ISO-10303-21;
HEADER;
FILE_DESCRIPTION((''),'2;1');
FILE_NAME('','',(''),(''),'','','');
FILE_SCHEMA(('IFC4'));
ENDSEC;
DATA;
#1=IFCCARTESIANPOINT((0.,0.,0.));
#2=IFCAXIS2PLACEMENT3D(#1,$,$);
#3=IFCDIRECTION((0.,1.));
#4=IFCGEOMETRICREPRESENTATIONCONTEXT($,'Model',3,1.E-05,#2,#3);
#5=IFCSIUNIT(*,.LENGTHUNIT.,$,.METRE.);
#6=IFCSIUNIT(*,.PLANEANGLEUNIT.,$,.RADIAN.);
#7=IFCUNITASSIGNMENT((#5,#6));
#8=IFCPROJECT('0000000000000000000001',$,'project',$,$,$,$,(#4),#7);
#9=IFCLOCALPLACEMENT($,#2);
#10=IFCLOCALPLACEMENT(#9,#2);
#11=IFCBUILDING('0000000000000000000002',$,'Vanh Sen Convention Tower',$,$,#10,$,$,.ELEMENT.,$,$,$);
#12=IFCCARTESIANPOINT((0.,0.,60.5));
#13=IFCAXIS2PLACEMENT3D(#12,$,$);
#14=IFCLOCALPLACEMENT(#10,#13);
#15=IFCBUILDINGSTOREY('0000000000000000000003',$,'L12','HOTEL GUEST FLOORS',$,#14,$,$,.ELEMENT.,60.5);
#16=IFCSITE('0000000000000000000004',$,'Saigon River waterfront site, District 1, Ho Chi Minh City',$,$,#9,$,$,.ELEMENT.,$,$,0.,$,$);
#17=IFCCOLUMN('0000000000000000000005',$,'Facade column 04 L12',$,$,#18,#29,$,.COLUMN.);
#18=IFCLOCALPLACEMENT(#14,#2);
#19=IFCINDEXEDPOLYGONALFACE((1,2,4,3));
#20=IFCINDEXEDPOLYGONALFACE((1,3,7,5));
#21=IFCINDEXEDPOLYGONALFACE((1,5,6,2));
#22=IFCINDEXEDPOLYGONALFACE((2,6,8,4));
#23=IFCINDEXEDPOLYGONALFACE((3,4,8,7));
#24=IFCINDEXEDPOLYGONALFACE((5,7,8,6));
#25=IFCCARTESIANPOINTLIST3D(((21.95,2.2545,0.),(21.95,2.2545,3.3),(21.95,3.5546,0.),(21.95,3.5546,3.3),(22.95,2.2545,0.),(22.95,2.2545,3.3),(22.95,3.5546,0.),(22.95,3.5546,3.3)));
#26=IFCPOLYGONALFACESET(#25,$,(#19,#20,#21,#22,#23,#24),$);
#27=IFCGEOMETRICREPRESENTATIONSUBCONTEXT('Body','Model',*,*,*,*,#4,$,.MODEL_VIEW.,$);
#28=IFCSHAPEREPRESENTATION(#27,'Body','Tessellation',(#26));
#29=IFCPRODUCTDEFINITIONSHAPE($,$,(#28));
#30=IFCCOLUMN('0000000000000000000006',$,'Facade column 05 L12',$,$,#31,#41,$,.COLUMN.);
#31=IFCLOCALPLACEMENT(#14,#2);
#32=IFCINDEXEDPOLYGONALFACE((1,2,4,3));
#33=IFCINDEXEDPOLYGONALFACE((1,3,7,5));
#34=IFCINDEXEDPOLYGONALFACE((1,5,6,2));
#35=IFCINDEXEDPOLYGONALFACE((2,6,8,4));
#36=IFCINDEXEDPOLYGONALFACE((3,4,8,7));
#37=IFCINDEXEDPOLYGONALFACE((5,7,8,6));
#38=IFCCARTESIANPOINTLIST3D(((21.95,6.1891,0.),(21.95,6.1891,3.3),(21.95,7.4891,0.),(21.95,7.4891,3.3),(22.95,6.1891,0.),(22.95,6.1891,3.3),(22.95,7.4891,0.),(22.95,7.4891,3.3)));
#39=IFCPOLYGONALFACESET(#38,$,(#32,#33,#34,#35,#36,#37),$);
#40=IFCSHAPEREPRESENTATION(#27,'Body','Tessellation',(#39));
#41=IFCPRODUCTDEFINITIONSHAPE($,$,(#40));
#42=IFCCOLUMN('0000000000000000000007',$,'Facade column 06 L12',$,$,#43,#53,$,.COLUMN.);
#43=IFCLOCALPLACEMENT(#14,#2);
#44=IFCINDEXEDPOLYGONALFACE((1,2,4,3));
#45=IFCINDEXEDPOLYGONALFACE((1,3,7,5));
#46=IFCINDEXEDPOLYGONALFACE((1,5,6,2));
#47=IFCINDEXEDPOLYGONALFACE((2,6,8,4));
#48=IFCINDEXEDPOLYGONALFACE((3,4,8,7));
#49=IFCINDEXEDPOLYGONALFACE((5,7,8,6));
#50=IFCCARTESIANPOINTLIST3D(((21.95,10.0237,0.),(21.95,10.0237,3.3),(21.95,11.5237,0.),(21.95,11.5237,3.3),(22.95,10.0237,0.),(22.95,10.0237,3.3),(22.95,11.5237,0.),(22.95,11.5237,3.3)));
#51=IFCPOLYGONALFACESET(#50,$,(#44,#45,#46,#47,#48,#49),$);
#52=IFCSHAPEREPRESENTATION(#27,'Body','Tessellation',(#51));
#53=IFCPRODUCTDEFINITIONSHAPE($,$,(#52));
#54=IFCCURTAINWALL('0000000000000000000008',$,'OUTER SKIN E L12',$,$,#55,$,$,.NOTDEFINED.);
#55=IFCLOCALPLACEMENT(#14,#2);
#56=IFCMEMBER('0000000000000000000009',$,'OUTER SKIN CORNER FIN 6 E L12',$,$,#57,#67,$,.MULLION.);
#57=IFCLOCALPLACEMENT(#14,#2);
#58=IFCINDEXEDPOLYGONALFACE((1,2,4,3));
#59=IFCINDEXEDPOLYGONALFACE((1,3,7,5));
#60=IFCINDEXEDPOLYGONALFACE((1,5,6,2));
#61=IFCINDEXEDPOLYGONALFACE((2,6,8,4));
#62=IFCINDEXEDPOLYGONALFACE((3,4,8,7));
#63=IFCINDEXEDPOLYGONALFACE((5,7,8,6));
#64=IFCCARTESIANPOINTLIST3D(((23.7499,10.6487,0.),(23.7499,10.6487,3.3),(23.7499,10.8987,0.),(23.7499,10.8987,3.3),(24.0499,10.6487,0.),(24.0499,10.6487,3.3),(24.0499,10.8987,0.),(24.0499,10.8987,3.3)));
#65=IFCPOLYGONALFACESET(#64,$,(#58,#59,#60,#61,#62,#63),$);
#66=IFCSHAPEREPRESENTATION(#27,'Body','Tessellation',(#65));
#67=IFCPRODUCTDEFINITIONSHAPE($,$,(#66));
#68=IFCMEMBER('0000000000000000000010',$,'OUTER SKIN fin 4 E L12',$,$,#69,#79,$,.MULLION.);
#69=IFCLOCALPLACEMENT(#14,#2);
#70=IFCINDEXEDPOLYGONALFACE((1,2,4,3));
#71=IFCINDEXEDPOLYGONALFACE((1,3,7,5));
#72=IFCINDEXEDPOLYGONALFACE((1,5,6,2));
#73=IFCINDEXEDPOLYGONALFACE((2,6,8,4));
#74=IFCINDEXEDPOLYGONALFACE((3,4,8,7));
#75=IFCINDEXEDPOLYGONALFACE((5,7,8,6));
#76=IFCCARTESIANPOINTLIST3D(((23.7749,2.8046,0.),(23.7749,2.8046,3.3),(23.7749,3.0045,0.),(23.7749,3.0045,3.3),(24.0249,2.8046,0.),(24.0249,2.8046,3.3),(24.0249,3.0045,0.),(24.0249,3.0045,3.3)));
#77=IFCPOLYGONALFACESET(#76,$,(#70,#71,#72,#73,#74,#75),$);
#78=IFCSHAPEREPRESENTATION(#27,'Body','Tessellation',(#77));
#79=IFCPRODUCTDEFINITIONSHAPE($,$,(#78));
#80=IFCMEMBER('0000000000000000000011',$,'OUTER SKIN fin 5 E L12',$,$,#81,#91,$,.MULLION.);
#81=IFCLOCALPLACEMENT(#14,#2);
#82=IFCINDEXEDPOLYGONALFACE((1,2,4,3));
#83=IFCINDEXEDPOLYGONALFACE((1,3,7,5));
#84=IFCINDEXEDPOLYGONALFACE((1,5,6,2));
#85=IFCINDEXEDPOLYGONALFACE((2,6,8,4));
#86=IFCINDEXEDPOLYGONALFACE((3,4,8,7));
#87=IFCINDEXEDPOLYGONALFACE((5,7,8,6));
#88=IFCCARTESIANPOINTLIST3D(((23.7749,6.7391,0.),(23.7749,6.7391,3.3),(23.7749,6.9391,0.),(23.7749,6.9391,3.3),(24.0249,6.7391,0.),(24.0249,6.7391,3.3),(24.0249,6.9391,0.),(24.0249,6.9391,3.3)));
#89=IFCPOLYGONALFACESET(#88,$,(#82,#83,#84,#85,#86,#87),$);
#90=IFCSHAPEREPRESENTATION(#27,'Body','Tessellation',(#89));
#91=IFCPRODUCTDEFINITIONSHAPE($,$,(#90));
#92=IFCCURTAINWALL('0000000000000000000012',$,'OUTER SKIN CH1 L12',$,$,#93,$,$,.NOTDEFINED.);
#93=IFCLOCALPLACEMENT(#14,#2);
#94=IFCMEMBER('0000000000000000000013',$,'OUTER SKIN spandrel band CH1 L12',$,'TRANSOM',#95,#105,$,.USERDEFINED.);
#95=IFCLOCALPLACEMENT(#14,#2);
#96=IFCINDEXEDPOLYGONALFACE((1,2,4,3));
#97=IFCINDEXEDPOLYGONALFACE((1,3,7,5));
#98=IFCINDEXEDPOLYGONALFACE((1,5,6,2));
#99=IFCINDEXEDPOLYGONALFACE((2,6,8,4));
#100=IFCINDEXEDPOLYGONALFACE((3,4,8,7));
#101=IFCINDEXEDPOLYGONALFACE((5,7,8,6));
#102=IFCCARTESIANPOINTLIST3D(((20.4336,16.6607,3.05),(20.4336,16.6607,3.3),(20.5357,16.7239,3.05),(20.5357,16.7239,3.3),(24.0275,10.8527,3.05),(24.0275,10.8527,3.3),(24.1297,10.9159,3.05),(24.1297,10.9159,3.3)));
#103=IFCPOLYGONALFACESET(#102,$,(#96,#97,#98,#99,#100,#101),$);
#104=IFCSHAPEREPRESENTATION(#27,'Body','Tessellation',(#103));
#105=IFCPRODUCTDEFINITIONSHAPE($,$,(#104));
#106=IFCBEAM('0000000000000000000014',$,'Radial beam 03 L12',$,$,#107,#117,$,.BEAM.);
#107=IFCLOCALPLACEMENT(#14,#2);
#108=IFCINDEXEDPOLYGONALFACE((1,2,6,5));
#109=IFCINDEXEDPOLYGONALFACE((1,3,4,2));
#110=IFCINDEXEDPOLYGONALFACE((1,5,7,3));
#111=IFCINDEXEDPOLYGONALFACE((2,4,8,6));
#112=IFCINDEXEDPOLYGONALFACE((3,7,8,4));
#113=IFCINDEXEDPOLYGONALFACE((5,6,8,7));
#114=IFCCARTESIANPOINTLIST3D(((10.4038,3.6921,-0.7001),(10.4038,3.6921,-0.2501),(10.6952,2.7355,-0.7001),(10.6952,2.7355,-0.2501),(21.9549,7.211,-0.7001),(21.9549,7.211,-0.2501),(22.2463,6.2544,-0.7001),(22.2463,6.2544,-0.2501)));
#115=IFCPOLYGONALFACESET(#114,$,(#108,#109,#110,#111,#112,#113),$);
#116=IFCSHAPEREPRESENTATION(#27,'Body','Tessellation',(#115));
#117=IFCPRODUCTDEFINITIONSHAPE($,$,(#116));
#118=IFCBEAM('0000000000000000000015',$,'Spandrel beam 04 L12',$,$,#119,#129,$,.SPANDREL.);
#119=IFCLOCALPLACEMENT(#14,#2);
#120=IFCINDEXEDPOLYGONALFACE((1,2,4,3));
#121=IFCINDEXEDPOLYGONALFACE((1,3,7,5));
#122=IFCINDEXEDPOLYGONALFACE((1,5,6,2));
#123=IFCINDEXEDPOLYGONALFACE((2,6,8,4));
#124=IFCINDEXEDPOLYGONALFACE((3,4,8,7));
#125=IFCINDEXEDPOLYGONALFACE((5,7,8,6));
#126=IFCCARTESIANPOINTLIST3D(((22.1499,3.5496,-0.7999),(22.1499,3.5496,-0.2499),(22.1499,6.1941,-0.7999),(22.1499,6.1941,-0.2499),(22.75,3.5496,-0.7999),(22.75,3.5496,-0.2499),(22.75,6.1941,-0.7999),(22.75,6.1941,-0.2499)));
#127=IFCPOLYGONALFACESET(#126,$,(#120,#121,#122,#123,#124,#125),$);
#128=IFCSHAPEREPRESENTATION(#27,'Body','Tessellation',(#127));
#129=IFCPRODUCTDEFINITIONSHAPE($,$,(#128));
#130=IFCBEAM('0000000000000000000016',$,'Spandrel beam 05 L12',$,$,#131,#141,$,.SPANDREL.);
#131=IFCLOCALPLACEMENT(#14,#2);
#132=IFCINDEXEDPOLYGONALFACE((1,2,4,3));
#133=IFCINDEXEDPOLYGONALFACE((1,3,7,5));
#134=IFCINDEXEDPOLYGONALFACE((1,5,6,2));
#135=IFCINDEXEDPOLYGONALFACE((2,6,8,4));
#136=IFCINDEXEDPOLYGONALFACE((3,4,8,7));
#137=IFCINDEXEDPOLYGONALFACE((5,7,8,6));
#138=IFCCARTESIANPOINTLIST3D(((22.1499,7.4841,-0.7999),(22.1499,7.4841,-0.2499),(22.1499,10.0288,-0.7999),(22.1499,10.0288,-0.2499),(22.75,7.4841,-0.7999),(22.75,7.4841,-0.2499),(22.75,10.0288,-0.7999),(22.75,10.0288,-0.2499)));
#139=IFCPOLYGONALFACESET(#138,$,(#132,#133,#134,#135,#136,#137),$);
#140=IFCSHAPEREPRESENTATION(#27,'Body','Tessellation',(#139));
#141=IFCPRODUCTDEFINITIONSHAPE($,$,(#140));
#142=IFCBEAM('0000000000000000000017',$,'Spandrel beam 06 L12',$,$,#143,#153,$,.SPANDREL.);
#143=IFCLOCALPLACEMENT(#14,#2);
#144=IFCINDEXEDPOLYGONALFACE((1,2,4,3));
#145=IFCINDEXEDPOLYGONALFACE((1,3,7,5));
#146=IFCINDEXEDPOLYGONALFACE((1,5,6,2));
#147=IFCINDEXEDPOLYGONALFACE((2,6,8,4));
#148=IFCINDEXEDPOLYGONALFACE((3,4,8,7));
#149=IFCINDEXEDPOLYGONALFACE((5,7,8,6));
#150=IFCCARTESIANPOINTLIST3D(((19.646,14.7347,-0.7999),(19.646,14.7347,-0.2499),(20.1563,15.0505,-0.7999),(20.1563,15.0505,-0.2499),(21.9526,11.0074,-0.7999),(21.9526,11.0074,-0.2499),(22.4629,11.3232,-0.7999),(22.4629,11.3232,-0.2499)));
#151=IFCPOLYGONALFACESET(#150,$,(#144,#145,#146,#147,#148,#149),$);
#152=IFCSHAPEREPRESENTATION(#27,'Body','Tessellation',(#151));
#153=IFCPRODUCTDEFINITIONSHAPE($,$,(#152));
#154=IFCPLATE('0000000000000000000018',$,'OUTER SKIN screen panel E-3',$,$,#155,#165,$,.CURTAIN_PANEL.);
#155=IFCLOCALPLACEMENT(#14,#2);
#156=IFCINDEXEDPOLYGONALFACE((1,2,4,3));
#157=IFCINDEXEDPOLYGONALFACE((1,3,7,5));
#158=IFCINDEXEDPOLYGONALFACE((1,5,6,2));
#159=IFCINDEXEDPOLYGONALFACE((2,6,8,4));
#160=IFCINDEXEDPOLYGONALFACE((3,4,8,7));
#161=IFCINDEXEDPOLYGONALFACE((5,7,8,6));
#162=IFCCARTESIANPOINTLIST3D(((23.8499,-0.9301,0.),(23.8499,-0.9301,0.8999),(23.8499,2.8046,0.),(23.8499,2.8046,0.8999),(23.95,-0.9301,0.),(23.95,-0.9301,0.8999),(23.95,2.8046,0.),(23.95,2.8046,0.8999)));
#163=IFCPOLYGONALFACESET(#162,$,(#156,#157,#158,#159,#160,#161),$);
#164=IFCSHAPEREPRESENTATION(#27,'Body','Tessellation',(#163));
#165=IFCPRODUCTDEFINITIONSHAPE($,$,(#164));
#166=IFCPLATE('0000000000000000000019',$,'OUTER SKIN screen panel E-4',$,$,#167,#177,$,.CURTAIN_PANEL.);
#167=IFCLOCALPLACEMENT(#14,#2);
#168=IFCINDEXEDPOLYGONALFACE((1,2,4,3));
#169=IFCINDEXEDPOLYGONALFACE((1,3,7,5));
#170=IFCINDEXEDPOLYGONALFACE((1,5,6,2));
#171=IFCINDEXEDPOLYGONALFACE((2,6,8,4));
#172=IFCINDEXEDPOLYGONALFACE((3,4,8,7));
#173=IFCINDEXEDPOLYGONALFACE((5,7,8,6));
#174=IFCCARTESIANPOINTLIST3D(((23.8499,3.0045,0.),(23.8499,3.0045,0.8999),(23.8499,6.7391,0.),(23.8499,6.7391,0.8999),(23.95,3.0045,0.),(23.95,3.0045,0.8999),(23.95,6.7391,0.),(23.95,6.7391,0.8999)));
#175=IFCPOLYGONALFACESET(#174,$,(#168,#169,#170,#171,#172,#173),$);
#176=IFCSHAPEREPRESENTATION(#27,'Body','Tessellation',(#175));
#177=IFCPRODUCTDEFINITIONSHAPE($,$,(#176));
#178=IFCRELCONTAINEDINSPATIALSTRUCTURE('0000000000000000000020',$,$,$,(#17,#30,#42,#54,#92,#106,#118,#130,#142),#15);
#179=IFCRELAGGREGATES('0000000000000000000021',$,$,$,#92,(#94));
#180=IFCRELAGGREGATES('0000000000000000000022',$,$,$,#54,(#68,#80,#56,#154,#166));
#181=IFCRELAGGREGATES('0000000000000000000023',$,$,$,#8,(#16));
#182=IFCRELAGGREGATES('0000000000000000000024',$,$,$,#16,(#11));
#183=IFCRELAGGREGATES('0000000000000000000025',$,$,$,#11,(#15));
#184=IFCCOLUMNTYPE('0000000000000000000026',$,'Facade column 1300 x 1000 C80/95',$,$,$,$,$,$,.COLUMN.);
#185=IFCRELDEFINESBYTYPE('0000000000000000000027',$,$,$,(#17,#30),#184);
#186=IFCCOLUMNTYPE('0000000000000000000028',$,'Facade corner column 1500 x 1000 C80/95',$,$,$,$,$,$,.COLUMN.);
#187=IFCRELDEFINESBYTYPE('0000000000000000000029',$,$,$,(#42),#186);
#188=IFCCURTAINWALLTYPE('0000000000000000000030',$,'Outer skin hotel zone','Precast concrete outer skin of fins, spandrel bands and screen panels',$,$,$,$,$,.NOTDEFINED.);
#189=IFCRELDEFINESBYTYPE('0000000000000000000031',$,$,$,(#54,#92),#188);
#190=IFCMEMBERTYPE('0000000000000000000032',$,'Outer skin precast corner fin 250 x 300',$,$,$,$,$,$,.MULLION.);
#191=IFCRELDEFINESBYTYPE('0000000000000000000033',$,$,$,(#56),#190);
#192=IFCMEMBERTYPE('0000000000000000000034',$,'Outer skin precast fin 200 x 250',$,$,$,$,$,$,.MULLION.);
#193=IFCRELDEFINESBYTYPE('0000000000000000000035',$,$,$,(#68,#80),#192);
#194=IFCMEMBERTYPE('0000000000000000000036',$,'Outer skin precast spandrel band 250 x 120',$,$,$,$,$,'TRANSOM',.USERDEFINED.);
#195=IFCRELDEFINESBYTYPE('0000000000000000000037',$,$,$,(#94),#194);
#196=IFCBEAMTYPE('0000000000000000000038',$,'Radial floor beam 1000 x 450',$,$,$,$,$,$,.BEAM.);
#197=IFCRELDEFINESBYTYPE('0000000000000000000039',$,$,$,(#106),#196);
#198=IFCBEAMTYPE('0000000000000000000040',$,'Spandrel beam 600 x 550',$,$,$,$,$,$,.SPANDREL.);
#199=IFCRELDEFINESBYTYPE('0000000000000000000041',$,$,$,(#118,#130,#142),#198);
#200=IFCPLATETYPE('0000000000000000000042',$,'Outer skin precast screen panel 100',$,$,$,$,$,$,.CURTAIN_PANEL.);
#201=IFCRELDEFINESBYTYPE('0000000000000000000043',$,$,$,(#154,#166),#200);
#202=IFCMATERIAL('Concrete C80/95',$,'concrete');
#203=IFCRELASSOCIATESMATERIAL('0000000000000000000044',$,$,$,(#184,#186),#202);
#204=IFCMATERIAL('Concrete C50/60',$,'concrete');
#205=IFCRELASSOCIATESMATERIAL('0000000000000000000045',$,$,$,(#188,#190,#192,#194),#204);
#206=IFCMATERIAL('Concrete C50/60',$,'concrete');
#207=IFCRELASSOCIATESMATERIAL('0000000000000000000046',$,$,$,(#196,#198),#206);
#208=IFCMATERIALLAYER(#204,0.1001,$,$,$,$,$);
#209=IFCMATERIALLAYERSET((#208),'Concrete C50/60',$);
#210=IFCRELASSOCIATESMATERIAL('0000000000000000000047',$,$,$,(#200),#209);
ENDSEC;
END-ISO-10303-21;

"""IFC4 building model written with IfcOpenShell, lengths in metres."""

from ifc_helpers import new_model, si_unit, direction, frame, origin, origin_2d, place, context, subcontext, project, spatial, rectangle, extrude, material, layer, layer_set, material_profile, profile_set, type_object, element, aggregate, save


model = new_model("IFC4")

# Units and contexts
model_context = context("Model", 3, precision=1e-05, world=origin(), true_north=direction((0.0, 1.0)))
body_context = subcontext(model_context, "Body", "Model", "MODEL_VIEW")
ifc_project = project(units=[si_unit("LENGTHUNIT", "METRE"), si_unit("PLANEANGLEUNIT", "RADIAN")], contexts=[model_context])

# Site, building, storey
site_placement = place(None, origin())
site = spatial("IfcSite", under=ifc_project, at=site_placement, Name="Saigon River waterfront site, District 1, Ho Chi Minh City", CompositionType="ELEMENT", RefElevation=0.0)
building_placement = place(site_placement, origin())
building = spatial("IfcBuilding", under=site, at=building_placement, Name="Vanh Sen Convention Tower", CompositionType="ELEMENT")
storey_placement = place(building_placement, frame((0.0, 0.0, 60.5)))
storey = spatial("IfcBuildingStorey", under=building, at=storey_placement, Name="L12", Description="HOTEL GUEST FLOORS", CompositionType="ELEMENT", Elevation=60.5)

# Columns
ifc_material_1 = material(Name="Concrete C80/95", Category="concrete")
ifc_material_profile_1 = material_profile(ifc_material_1, rectangle(XDim=1.3, YDim=1.0, at=origin_2d()), Name="RC 1300X1000")
ifc_profile_set_1 = profile_set([ifc_material_profile_1], Name="Concrete C80/95")
column_type_1 = type_object("IfcColumnType", Name="Facade column 1300 x 1000 C80/95", PredefinedType="COLUMN", material=ifc_profile_set_1)
for number, where, z_axis, x_axis, name in (
    (1, (22.45, 2.9045, 0.0), (0.0, 0.0, 1.0), (0.0, 1.0, 0.0), "Facade column 04 L12"),
    (2, (22.45, 6.8391, 0.0), (0.0, 0.0, 1.0), (0.0, 1.0, 0.0), "Facade column 05 L12"),
):
    element("IfcColumn", number, at=place(storey_placement, frame(where, z_axis=z_axis, x_axis=x_axis)), inside=storey, type_object=column_type_1, Name=name, PredefinedType="COLUMN", context=body_context, shape_type="SweptSolid", body=[
        extrude(rectangle(XDim=1.3, YDim=1.0, at=origin_2d()), origin(), (0.0, 0.0, 1.0), 3.3),
    ])
ifc_material_profile_2 = material_profile(ifc_material_1, rectangle(XDim=1.5, YDim=1.0, at=origin_2d()), Name="RC 1500X1000")
ifc_profile_set_2 = profile_set([ifc_material_profile_2], Name="Concrete C80/95")
column_type_2 = type_object("IfcColumnType", Name="Facade corner column 1500 x 1000 C80/95", PredefinedType="COLUMN", material=ifc_profile_set_2)
column_placement = place(storey_placement, frame((22.45, 10.7737, 0.0), z_axis=(0.0, 0.0, 1.0), x_axis=(0.0, 1.0, 0.0)))
element("IfcColumn", 3, at=column_placement, inside=storey, type_object=column_type_2, Name="Facade column 06 L12", PredefinedType="COLUMN", context=body_context, shape_type="SweptSolid", body=[
    extrude(rectangle(XDim=1.5, YDim=1.0, at=origin_2d()), origin(), (0.0, 0.0, 1.0), 3.3),
])

# Curtain wall, members
ifc_material_2 = material(Name="Concrete C50/60", Category="concrete")
curtain_wall_type = type_object("IfcCurtainWallType", Name="Outer skin hotel zone", Description="Precast concrete outer skin of fins, spandrel bands and screen panels", PredefinedType="NOTDEFINED", material=ifc_material_2)
curtain_wall_1_placement = place(storey_placement, origin())
curtain_wall_1 = element("IfcCurtainWall", 4, at=curtain_wall_1_placement, inside=storey, type_object=curtain_wall_type, Name="OUTER SKIN E L12", PredefinedType="NOTDEFINED")
ifc_material_profile_3 = material_profile(ifc_material_2, rectangle(XDim=0.25, YDim=0.3, at=origin_2d()), Name="Outer skin precast corner fin 250 x 300")
ifc_profile_set_3 = profile_set([ifc_material_profile_3], Name="Concrete C50/60")
member_type_1 = type_object("IfcMemberType", Name="Outer skin precast corner fin 250 x 300", PredefinedType="MULLION", material=ifc_profile_set_3)
member_1_placement = place(storey_placement, frame((23.8999, 10.7737, 0.0), z_axis=(0.0, 0.0, 1.0), x_axis=(0.0, 1.0, 0.0)))
member_1 = element("IfcMember", 5, at=member_1_placement, type_object=member_type_1, Name="OUTER SKIN CORNER FIN 6 E L12", PredefinedType="MULLION", context=body_context, shape_type="SweptSolid", body=[
    extrude(rectangle(XDim=0.25, YDim=0.3, at=origin_2d()), origin(), (0.0, 0.0, 1.0), 3.3),
])
ifc_material_profile_4 = material_profile(ifc_material_2, rectangle(XDim=0.2, YDim=0.25, at=origin_2d()), Name="Outer skin precast fin 200 x 250")
ifc_profile_set_4 = profile_set([ifc_material_profile_4], Name="Concrete C50/60")
member_type_2 = type_object("IfcMemberType", Name="Outer skin precast fin 200 x 250", PredefinedType="MULLION", material=ifc_profile_set_4)
member_2_placement = place(storey_placement, frame((23.8999, 2.9045, 0.0), z_axis=(0.0, 0.0, 1.0), x_axis=(0.0, 1.0, 0.0)))
member_2 = element("IfcMember", 6, at=member_2_placement, type_object=member_type_2, Name="OUTER SKIN fin 4 E L12", PredefinedType="MULLION", context=body_context, shape_type="SweptSolid", body=[
    extrude(rectangle(XDim=0.2, YDim=0.25, at=origin_2d()), origin(), (0.0, 0.0, 1.0), 3.3),
])
member_3_placement = place(storey_placement, frame((23.8999, 6.8391, 0.0), z_axis=(0.0, 0.0, 1.0), x_axis=(0.0, 1.0, 0.0)))
member_3 = element("IfcMember", 7, at=member_3_placement, type_object=member_type_2, Name="OUTER SKIN fin 5 E L12", PredefinedType="MULLION", context=body_context, shape_type="SweptSolid", body=[
    extrude(rectangle(XDim=0.2, YDim=0.25, at=origin_2d()), origin(), (0.0, 0.0, 1.0), 3.3),
])

# Curtain wall, member
curtain_wall_2_placement = place(storey_placement, origin())
curtain_wall_2 = element("IfcCurtainWall", 8, at=curtain_wall_2_placement, inside=storey, type_object=curtain_wall_type, Name="OUTER SKIN CH1 L12", PredefinedType="NOTDEFINED")
ifc_material_profile_5 = material_profile(ifc_material_2, rectangle(XDim=0.1201, YDim=0.25, at=origin_2d()), Name="Outer skin precast spandrel band 250 x 120")
ifc_profile_set_5 = profile_set([ifc_material_profile_5], Name="Concrete C50/60")
member_type_3 = type_object("IfcMemberType", Name="Outer skin precast spandrel band 250 x 120", ElementType="TRANSOM", PredefinedType="USERDEFINED", material=ifc_profile_set_5)
member_4_placement = place(storey_placement, frame((24.0786, 10.8843, 3.175), z_axis=(-0.526196, 0.850363, 0.0), x_axis=(-0.850363, -0.526196, 0.0)))
member_4 = element("IfcMember", 9, at=member_4_placement, type_object=member_type_3, Name="OUTER SKIN spandrel band CH1 L12", ObjectType="TRANSOM", PredefinedType="USERDEFINED", context=body_context, shape_type="SweptSolid", body=[
    extrude(rectangle(XDim=0.1201, YDim=0.25, at=origin_2d()), origin(), (0.0, 0.0, 1.0), 6.8301),
])
aggregate(curtain_wall_2, [member_4])

# Beams
ifc_material_3 = material(Name="Concrete C50/60", Category="concrete")
ifc_material_profile_6 = material_profile(ifc_material_3, rectangle(XDim=1.0, YDim=0.45, at=origin_2d()), Name="RC 1000X450")
ifc_profile_set_6 = profile_set([ifc_material_profile_6], Name="Concrete C50/60")
beam_type_1 = type_object("IfcBeamType", Name="Radial floor beam 1000 x 450", PredefinedType="BEAM", material=ifc_profile_set_6)
beam_1_placement = place(storey_placement, frame((22.1006, 6.7327, -0.4751), z_axis=(-0.956598, -0.291409, 0.0), x_axis=(0.291409, -0.956598, 0.0)))
element("IfcBeam", 10, at=beam_1_placement, inside=storey, type_object=beam_type_1, Name="Radial beam 03 L12", PredefinedType="BEAM", context=body_context, shape_type="SweptSolid", body=[
    extrude(rectangle(XDim=1.0, YDim=0.45, at=origin_2d()), origin(), (0.0, 0.0, 1.0), 12.0752),
])
ifc_material_profile_7 = material_profile(ifc_material_3, rectangle(XDim=0.6001, YDim=0.55, at=origin_2d()), Name="RC 600X550")
ifc_profile_set_7 = profile_set([ifc_material_profile_7], Name="Concrete C50/60")
beam_type_2 = type_object("IfcBeamType", Name="Spandrel beam 600 x 550", PredefinedType="SPANDREL", material=ifc_profile_set_7)
beam_2_placement = place(storey_placement, frame((22.45, 3.5496, -0.5249), z_axis=(0.0, 1.0, 0.0), x_axis=(-1.0, 0.0, 0.0)))
element("IfcBeam", 11, at=beam_2_placement, inside=storey, type_object=beam_type_2, Name="Spandrel beam 04 L12", PredefinedType="SPANDREL", context=body_context, shape_type="SweptSolid", body=[
    extrude(rectangle(XDim=0.6001, YDim=0.55, at=origin_2d()), origin(), (0.0, 0.0, 1.0), 2.6445),
])
beam_3_placement = place(storey_placement, frame((22.45, 7.4841, -0.5249), z_axis=(0.0, 1.0, 0.0), x_axis=(-1.0, 0.0, 0.0)))
element("IfcBeam", 12, at=beam_3_placement, inside=storey, type_object=beam_type_2, Name="Spandrel beam 05 L12", PredefinedType="SPANDREL", context=body_context, shape_type="SweptSolid", body=[
    extrude(rectangle(XDim=0.6001, YDim=0.55, at=origin_2d()), origin(), (0.0, 0.0, 1.0), 2.5447),
])
beam_4_placement = place(storey_placement, frame((22.2078, 11.1653, -0.5249), z_axis=(-0.526234, 0.85034, 0.0), x_axis=(-0.85034, -0.526234, 0.0)))
element("IfcBeam", 13, at=beam_4_placement, inside=storey, type_object=beam_type_2, Name="Spandrel beam 06 L12", PredefinedType="SPANDREL", context=body_context, shape_type="SweptSolid", body=[
    extrude(rectangle(XDim=0.6001, YDim=0.55, at=origin_2d()), origin(), (0.0, 0.0, 1.0), 4.3833),
])

# Plates
ifc_layer_1 = layer(ifc_material_2, 0.1001)
ifc_layer_set_1 = layer_set([ifc_layer_1], Name="Concrete C50/60")
plate_type = type_object("IfcPlateType", Name="Outer skin precast screen panel 100", PredefinedType="CURTAIN_PANEL", material=ifc_layer_set_1)
plate_1_placement = place(storey_placement, frame((23.8999, 0.9373, 0.0), z_axis=(0.0, 0.0, 1.0), x_axis=(0.0, 1.0, 0.0)))
plate_1 = element("IfcPlate", 14, at=plate_1_placement, type_object=plate_type, Name="OUTER SKIN screen panel E-3", PredefinedType="CURTAIN_PANEL", context=body_context, shape_type="SweptSolid", body=[
    extrude(rectangle(XDim=3.7346, YDim=0.1001, at=origin_2d()), origin(), (0.0, 0.0, 1.0), 0.8999),
])
plate_2_placement = place(storey_placement, frame((23.8999, 4.8718, 0.0), z_axis=(0.0, 0.0, 1.0), x_axis=(0.0, 1.0, 0.0)))
plate_2 = element("IfcPlate", 15, at=plate_2_placement, type_object=plate_type, Name="OUTER SKIN screen panel E-4", PredefinedType="CURTAIN_PANEL", context=body_context, shape_type="SweptSolid", body=[
    extrude(rectangle(XDim=3.7346, YDim=0.1001, at=origin_2d()), origin(), (0.0, 0.0, 1.0), 0.8999),
])
aggregate(curtain_wall_1, [member_2, member_3, member_1, plate_1, plate_2])

save(model, "model.ifc")
